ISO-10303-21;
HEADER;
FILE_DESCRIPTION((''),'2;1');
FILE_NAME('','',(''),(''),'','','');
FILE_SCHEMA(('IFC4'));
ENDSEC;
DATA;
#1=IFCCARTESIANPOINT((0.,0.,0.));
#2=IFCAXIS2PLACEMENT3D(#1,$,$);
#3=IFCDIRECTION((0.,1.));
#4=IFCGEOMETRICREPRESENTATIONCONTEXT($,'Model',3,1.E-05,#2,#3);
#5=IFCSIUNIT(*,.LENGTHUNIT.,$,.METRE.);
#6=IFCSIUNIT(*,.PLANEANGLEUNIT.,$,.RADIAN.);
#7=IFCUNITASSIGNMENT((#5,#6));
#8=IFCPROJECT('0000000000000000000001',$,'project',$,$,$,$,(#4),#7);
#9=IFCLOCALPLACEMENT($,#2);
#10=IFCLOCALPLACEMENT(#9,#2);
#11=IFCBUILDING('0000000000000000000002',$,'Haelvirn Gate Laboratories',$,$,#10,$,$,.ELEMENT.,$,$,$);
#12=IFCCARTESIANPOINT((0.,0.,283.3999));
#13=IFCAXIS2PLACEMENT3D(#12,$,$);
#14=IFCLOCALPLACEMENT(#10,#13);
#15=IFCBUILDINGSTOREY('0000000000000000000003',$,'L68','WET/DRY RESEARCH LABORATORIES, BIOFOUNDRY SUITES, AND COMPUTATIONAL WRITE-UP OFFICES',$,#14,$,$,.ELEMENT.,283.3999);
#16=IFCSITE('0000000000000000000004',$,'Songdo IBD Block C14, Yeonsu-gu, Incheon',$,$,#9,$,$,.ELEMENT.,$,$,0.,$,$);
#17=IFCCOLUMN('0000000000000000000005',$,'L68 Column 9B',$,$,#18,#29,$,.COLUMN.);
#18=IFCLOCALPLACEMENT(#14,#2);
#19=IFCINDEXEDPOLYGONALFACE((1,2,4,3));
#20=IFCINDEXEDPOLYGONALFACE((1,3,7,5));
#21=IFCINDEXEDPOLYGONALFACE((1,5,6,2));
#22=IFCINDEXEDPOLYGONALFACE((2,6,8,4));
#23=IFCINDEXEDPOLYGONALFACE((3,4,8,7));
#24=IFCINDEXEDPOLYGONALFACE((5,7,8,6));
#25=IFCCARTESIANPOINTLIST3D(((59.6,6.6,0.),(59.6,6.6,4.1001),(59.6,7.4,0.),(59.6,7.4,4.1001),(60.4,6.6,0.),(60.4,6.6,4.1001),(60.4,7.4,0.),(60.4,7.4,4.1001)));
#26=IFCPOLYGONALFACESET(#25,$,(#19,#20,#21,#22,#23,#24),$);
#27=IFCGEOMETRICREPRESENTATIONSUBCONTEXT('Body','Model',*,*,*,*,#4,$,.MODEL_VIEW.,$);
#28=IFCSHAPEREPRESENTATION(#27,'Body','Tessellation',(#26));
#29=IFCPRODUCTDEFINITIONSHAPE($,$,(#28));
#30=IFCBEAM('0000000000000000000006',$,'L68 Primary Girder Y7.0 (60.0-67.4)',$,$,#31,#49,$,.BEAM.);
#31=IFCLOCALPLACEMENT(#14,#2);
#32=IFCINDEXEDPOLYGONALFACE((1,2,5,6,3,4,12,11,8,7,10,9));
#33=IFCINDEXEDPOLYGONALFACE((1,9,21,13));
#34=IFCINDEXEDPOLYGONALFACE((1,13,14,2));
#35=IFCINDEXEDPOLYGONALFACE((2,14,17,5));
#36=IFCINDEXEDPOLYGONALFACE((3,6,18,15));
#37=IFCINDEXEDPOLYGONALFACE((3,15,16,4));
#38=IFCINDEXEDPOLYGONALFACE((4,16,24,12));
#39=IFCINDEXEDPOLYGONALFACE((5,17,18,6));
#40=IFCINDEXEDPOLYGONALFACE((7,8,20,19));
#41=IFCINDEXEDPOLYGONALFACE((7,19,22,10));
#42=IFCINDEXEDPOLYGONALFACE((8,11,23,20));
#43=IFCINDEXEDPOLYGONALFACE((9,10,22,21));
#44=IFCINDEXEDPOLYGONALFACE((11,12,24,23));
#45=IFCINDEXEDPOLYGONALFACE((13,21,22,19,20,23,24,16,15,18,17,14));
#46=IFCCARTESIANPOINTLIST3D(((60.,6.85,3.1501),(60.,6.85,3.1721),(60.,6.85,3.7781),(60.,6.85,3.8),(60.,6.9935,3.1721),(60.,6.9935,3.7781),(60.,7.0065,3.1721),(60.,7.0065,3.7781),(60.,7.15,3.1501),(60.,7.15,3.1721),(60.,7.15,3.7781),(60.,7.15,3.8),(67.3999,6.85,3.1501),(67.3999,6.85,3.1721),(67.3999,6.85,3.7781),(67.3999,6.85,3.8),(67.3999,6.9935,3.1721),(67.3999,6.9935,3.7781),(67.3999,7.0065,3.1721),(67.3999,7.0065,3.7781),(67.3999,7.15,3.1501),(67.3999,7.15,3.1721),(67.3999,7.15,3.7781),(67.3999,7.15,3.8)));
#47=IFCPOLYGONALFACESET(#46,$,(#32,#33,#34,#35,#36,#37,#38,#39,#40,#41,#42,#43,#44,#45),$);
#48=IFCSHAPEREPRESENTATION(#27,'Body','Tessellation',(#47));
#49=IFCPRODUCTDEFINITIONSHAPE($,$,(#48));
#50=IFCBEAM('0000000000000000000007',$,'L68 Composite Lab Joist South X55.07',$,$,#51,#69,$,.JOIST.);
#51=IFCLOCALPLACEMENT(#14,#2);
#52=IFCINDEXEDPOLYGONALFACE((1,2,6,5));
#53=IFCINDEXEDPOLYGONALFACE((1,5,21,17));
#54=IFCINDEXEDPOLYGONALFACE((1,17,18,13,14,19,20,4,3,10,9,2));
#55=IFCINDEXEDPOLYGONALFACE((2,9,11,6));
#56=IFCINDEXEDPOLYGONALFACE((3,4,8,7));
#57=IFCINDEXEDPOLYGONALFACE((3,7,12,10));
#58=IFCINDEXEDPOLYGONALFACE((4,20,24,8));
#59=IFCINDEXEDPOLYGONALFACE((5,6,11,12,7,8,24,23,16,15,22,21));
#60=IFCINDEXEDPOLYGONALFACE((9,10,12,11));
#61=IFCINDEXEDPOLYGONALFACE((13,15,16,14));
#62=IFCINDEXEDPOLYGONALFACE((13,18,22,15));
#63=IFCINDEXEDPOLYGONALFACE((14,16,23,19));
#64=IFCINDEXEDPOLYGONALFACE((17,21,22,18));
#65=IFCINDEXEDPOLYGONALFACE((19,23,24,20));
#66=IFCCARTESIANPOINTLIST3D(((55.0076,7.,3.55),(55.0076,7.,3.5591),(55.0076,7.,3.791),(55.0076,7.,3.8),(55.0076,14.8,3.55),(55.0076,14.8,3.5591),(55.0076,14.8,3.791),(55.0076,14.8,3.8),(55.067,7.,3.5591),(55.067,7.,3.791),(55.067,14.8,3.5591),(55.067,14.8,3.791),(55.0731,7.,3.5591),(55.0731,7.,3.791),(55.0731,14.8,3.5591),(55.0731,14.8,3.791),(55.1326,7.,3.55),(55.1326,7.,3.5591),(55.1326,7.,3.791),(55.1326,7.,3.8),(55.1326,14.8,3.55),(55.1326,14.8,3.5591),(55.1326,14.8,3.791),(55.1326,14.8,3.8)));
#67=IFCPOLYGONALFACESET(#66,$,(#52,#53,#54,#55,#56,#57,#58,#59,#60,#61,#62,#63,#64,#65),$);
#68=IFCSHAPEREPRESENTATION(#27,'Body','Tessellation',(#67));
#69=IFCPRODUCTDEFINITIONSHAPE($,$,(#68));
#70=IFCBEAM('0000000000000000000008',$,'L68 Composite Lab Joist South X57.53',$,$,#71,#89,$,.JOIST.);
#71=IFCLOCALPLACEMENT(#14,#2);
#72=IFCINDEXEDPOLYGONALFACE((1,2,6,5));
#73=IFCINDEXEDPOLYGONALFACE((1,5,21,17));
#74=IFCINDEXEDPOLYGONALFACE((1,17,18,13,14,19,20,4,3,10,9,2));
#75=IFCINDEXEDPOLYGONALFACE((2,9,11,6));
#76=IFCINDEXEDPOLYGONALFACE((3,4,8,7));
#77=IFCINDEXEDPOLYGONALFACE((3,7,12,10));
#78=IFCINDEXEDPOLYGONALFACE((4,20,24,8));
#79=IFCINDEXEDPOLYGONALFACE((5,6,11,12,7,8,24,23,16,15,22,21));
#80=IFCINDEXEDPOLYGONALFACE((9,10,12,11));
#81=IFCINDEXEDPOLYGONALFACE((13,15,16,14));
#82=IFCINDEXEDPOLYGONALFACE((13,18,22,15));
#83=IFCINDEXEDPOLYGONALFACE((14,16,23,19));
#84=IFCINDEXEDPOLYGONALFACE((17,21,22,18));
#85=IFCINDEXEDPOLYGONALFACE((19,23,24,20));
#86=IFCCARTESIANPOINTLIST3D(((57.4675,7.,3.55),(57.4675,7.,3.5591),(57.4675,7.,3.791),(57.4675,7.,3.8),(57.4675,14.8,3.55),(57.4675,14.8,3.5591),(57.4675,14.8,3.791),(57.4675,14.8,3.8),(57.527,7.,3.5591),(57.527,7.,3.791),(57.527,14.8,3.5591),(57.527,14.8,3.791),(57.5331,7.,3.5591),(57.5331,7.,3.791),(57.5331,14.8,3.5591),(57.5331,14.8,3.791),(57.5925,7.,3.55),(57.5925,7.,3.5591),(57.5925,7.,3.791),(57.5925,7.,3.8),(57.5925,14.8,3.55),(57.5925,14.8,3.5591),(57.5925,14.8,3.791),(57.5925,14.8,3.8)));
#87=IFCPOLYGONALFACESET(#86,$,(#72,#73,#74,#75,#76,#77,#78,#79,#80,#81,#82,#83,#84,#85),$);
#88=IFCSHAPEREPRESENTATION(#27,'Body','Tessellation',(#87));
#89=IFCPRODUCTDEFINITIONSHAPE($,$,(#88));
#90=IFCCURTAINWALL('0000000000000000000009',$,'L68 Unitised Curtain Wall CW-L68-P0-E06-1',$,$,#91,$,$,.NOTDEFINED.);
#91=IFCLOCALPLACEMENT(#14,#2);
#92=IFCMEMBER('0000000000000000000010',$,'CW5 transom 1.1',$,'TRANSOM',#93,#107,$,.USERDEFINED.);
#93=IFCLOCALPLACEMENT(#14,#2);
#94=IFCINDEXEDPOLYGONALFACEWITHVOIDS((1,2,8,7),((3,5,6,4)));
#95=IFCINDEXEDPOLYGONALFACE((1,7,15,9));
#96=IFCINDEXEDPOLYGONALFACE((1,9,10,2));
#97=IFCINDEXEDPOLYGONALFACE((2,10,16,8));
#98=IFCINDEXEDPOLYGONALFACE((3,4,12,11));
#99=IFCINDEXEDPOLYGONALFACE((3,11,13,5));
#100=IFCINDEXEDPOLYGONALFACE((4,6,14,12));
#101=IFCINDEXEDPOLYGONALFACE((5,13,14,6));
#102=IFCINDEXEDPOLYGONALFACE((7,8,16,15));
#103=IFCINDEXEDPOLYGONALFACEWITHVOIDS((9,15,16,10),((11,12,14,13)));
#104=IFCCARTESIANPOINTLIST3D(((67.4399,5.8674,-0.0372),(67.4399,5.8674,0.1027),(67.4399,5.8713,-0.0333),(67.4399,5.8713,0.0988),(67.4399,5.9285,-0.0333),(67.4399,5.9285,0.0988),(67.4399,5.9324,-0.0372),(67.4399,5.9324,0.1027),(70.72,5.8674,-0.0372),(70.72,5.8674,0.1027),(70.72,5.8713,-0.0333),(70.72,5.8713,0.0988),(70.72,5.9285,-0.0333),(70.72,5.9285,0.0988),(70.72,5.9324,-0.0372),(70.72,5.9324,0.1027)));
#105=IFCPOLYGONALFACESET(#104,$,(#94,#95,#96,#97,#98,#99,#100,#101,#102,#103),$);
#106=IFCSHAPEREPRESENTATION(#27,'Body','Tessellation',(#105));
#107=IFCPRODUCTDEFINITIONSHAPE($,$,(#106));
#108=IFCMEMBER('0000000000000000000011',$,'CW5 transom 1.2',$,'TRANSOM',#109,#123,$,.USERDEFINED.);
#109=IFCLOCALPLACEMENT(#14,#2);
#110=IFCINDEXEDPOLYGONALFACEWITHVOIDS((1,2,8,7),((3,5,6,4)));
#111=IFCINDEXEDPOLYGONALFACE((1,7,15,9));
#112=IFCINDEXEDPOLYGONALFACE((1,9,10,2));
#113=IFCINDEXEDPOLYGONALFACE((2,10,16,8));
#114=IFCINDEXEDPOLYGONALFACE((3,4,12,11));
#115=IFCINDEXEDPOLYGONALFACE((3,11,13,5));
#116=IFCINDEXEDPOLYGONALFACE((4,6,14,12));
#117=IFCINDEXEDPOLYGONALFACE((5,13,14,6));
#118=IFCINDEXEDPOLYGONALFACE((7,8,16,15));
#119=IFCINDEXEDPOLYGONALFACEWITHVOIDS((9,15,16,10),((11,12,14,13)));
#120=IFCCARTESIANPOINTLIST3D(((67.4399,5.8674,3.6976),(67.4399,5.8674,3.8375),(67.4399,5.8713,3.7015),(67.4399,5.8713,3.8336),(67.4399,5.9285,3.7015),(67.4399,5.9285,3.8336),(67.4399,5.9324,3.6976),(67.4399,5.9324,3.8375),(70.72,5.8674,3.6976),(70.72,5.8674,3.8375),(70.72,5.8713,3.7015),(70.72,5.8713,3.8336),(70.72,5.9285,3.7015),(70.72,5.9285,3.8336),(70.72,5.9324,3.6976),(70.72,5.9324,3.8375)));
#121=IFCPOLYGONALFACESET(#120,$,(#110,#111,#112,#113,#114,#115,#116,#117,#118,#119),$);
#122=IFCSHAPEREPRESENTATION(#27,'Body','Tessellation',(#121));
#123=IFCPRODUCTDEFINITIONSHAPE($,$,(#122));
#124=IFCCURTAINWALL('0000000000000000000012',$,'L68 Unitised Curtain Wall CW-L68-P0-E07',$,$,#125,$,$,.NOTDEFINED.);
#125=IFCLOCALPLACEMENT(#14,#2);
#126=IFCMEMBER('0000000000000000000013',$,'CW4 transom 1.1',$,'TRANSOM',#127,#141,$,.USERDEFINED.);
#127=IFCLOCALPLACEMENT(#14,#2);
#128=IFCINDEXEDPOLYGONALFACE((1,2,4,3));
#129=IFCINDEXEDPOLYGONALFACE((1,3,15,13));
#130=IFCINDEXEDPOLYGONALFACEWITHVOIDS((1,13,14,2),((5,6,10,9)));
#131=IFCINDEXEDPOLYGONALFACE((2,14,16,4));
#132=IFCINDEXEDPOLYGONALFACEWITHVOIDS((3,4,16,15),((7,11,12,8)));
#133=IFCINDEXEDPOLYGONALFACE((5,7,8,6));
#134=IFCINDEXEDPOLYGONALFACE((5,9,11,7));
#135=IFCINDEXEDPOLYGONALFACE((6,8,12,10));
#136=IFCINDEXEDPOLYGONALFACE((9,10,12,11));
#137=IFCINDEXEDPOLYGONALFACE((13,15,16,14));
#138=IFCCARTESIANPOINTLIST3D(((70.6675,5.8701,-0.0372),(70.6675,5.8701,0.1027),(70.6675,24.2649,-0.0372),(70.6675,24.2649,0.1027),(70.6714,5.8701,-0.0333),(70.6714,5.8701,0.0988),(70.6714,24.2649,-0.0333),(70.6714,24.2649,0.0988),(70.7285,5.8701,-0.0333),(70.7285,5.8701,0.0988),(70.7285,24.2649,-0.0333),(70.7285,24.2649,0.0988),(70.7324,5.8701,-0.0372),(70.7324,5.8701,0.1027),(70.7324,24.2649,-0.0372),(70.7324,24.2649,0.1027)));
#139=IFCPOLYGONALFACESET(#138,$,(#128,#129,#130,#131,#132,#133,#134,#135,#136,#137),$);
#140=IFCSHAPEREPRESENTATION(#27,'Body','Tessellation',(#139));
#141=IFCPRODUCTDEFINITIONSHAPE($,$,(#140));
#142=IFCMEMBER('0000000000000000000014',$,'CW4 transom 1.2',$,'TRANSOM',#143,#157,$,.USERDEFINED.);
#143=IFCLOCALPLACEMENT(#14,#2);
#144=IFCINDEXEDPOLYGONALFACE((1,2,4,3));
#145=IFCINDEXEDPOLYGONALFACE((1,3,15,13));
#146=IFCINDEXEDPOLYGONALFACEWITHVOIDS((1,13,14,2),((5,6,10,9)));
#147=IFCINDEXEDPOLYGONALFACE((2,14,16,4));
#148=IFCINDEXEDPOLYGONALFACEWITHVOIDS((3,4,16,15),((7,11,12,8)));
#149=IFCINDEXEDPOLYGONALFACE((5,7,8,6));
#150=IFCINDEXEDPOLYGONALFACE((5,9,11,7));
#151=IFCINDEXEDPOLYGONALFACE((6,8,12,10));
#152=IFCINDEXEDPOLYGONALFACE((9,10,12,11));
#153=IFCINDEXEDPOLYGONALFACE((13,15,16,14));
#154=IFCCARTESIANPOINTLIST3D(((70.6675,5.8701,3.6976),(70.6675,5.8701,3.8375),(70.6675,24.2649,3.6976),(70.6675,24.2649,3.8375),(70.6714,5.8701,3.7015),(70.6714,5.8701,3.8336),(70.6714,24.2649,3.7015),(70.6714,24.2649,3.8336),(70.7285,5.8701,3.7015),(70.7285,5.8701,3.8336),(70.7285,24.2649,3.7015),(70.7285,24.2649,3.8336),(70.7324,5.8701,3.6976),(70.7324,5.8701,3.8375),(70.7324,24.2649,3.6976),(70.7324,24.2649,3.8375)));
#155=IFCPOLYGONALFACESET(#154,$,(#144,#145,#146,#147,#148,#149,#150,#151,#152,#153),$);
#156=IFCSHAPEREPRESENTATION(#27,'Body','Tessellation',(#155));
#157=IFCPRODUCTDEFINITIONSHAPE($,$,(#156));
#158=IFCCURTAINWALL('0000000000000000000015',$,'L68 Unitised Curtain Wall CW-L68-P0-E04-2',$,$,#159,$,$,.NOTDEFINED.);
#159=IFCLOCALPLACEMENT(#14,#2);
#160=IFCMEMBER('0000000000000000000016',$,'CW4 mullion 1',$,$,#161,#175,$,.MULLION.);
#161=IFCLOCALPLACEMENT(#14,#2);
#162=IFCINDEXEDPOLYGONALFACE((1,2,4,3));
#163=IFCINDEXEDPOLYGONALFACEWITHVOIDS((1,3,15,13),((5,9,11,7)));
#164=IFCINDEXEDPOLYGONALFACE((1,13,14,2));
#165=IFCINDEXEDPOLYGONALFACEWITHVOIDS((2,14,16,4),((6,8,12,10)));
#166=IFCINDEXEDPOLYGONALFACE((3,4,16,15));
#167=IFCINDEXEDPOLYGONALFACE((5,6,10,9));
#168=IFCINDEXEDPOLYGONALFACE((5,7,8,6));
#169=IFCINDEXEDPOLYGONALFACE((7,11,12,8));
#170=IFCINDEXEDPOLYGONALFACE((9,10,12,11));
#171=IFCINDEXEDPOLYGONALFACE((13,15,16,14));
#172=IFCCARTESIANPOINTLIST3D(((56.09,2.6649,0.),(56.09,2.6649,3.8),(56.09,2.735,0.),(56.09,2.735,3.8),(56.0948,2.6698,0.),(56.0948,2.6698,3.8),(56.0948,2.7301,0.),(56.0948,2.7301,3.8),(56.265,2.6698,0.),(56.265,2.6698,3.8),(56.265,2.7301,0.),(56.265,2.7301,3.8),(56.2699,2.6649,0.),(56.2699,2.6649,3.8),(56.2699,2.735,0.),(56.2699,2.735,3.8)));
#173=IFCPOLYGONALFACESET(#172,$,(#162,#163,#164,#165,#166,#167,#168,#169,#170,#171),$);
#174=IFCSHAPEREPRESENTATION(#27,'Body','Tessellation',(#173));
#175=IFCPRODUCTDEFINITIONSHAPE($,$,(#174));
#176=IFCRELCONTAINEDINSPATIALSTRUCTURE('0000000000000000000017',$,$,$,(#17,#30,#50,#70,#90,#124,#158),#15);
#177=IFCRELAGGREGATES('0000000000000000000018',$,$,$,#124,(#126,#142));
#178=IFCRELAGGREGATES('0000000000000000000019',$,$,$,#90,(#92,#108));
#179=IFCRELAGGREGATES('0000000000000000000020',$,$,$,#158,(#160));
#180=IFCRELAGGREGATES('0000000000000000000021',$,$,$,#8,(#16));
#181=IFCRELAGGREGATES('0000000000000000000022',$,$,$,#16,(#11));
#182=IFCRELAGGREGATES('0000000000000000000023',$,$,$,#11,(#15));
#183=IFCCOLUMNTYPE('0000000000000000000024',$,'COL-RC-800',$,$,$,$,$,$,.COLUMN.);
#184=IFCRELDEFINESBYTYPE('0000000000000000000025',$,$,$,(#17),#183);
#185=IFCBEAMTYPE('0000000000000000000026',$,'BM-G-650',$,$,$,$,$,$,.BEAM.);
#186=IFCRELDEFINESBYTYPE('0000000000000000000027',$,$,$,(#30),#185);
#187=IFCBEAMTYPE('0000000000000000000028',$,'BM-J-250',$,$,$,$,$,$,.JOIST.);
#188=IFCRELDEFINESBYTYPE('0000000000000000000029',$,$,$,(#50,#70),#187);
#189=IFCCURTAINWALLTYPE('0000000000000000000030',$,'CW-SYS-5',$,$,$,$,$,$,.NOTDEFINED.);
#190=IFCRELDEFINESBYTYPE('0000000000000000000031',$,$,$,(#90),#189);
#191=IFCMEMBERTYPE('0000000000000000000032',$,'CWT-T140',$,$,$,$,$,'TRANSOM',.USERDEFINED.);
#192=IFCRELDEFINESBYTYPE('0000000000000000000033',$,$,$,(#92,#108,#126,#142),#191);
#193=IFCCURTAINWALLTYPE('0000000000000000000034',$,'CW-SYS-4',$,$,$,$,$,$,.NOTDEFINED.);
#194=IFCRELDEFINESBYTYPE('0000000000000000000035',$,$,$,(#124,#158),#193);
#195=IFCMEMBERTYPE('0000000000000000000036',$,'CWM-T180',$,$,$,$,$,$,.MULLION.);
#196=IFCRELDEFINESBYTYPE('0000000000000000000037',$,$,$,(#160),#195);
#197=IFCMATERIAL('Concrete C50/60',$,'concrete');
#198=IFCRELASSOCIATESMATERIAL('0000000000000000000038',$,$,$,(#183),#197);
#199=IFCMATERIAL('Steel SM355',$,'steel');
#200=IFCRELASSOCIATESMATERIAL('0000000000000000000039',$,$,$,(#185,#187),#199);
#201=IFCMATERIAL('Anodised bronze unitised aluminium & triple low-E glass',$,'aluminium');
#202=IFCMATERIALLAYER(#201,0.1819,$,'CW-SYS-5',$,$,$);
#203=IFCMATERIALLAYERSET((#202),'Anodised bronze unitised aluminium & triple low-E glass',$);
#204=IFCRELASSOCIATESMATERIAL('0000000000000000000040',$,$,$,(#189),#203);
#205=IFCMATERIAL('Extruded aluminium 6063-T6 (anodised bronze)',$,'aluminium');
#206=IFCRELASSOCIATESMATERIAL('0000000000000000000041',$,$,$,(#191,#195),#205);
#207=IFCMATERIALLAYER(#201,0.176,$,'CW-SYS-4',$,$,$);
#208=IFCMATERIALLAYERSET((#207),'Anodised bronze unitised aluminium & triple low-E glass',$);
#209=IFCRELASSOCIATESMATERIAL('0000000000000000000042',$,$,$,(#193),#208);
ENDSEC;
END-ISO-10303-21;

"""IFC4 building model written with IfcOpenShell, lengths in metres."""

from ifc_helpers import new_model, si_unit, direction, frame, origin, origin_2d, place, context, subcontext, project, spatial, rectangle, hollow_rectangle, i_section, extrude, source, transform, mapped, material, layer, layer_set, material_profile, profile_set, type_object, type_shapes, element, aggregate, save


model = new_model("IFC4")

# Units and contexts
model_context = context("Model", 3, precision=1e-05, world=origin(), true_north=direction((0.0, 1.0)))
body_context = subcontext(model_context, "Body", "Model", "MODEL_VIEW")
ifc_project = project(units=[si_unit("LENGTHUNIT", "METRE"), si_unit("PLANEANGLEUNIT", "RADIAN")], contexts=[model_context])

# Site, building, storey
site_placement = place(None, origin())
site = spatial("IfcSite", under=ifc_project, at=site_placement, Name="Songdo IBD Block C14, Yeonsu-gu, Incheon", CompositionType="ELEMENT", RefElevation=0.0)
building_placement = place(site_placement, origin())
building = spatial("IfcBuilding", under=site, at=building_placement, Name="Haelvirn Gate Laboratories", CompositionType="ELEMENT")
storey_placement = place(building_placement, frame((0.0, 0.0, 283.3999)))
storey = spatial("IfcBuildingStorey", under=building, at=storey_placement, Name="L68", Description="WET/DRY RESEARCH LABORATORIES, BIOFOUNDRY SUITES, AND COMPUTATIONAL WRITE-UP OFFICES", CompositionType="ELEMENT", Elevation=283.3999)

# Column
ifc_material_1 = material(Name="Concrete C50/60", Category="concrete")
ifc_material_profile_1 = material_profile(ifc_material_1, rectangle(XDim=0.8, YDim=0.8, at=origin_2d()), Name="RC-800x800")
ifc_profile_set_1 = profile_set([ifc_material_profile_1], Name="Concrete C50/60")
column_type = type_object("IfcColumnType", Name="COL-RC-800", PredefinedType="COLUMN", material=ifc_profile_set_1)
shared_shape_1 = source(origin(), body_context, "Body", "SweptSolid", [
    extrude(rectangle(XDim=0.8, YDim=0.8, at=origin_2d()), origin(), (0.0, 0.0, 1.0), 4.1001),
])
type_shapes(column_type, [shared_shape_1])
column_placement = place(storey_placement, frame((60.0, 7.0, 0.0), z_axis=(0.0, 0.0, 1.0), x_axis=(1.0, 0.0, 0.0)))
element("IfcColumn", 1, at=column_placement, inside=storey, type_object=column_type, Name="L68 Column 9B", PredefinedType="COLUMN", context=body_context, shape_type="MappedRepresentation", body=[
    mapped(shared_shape_1, transform((0.0, 0.0, 0.0), scale=1.0)),
])

# Beams
ifc_material_2 = material(Name="Steel SM355", Category="steel")
ifc_material_profile_2 = material_profile(ifc_material_2, i_section(OverallWidth=0.3, OverallDepth=0.6499, WebThickness=0.0129, FlangeThickness=0.022, at=origin_2d()), Name="H-650x300x13x22")
ifc_profile_set_2 = profile_set([ifc_material_profile_2], Name="Steel SM355")
beam_type_1 = type_object("IfcBeamType", Name="BM-G-650", PredefinedType="BEAM", material=ifc_profile_set_2)
shared_shape_2 = source(origin(), body_context, "Body", "SweptSolid", [
    extrude(i_section(OverallWidth=0.3, OverallDepth=0.6499, WebThickness=0.0129, FlangeThickness=0.022, at=origin_2d()), origin(), (0.0, 0.0, 1.0), 7.3999),
])
type_shapes(beam_type_1, [shared_shape_2])
beam_placement = place(storey_placement, frame((60.0, 7.0, 3.4751), z_axis=(1.0, 0.0, 0.0), x_axis=(0.0, 1.0, 0.0)))
element("IfcBeam", 2, at=beam_placement, inside=storey, type_object=beam_type_1, Name="L68 Primary Girder Y7.0 (60.0-67.4)", PredefinedType="BEAM", context=body_context, shape_type="MappedRepresentation", body=[
    mapped(shared_shape_2, transform((0.0, 0.0, 0.0), scale=1.0)),
])
ifc_material_profile_3 = material_profile(ifc_material_2, i_section(OverallWidth=0.125, OverallDepth=0.25, WebThickness=0.0061, FlangeThickness=0.009, at=origin_2d()), Name="H-250x125x6x9")
ifc_profile_set_3 = profile_set([ifc_material_profile_3], Name="Steel SM355")
beam_type_2 = type_object("IfcBeamType", Name="BM-J-250", PredefinedType="JOIST", material=ifc_profile_set_3)
shared_shape_3 = source(origin(), body_context, "Body", "SweptSolid", [
    extrude(i_section(OverallWidth=0.125, OverallDepth=0.25, WebThickness=0.0061, FlangeThickness=0.009, at=origin_2d()), origin(), (0.0, 0.0, 1.0), 7.8),
])
type_shapes(beam_type_2, [shared_shape_3])
for number, where, z_axis, x_axis, name in (
    (3, (55.0701, 7.0, 3.675), (0.0, 1.0, 0.0), (-1.0, 0.0, 0.0), "L68 Composite Lab Joist South X55.07"),
    (4, (57.53, 7.0, 3.675), (0.0, 1.0, 0.0), (-1.0, 0.0, 0.0), "L68 Composite Lab Joist South X57.53"),
):
    element("IfcBeam", number, at=place(storey_placement, frame(where, z_axis=z_axis, x_axis=x_axis)), inside=storey, type_object=beam_type_2, Name=name, PredefinedType="JOIST", context=body_context, shape_type="MappedRepresentation", body=[
        mapped(shared_shape_3, transform((0.0, 0.0, 0.0), scale=1.0)),
    ])

# Curtain walls, members
ifc_material_3 = material(Name="Anodised bronze unitised aluminium & triple low-E glass", Category="aluminium")
ifc_layer_1 = layer(ifc_material_3, 0.1819, Name="CW-SYS-5")
ifc_layer_set_1 = layer_set([ifc_layer_1], Name="Anodised bronze unitised aluminium & triple low-E glass")
curtain_wall_type_1 = type_object("IfcCurtainWallType", Name="CW-SYS-5", PredefinedType="NOTDEFINED", material=ifc_layer_set_1)
curtain_wall_1_placement = place(storey_placement, origin())
curtain_wall_1 = element("IfcCurtainWall", 5, at=curtain_wall_1_placement, inside=storey, type_object=curtain_wall_type_1, Name="L68 Unitised Curtain Wall CW-L68-P0-E06-1", PredefinedType="NOTDEFINED")
ifc_material_4 = material(Name="Extruded aluminium 6063-T6 (anodised bronze)", Category="aluminium")
ifc_material_profile_4 = material_profile(ifc_material_4, hollow_rectangle(XDim=0.0649, YDim=0.1399, WallThickness=0.0039, at=origin_2d()), Name="CWT-140x65x4")
ifc_profile_set_4 = profile_set([ifc_material_profile_4], Name="Extruded aluminium 6063-T6 (anodised bronze)")
member_type_1 = type_object("IfcMemberType", Name="CWT-T140", ElementType="TRANSOM", PredefinedType="USERDEFINED", material=ifc_profile_set_4)
shared_shape_4 = source(origin(), body_context, "Body", "SweptSolid", [
    extrude(hollow_rectangle(XDim=0.0649, YDim=0.1399, WallThickness=0.0039, at=origin_2d()), origin(), (0.0, 0.0, 1.0), 3.28),
])
member_1_placement = place(storey_placement, frame((67.4399, 5.8999, 0.0327), z_axis=(1.0, 0.0, 0.0), x_axis=(0.0, 1.0, 0.0)))
member_1 = element("IfcMember", 6, at=member_1_placement, type_object=member_type_1, Name="CW5 transom 1.1", ObjectType="TRANSOM", PredefinedType="USERDEFINED", context=body_context, shape_type="MappedRepresentation", body=[
    mapped(shared_shape_4, transform((0.0, 0.0, 0.0), scale=1.0)),
])
member_2_placement = place(storey_placement, frame((67.4399, 5.8999, 3.7676), z_axis=(1.0, 0.0, 0.0), x_axis=(0.0, 1.0, 0.0)))
member_2 = element("IfcMember", 7, at=member_2_placement, type_object=member_type_1, Name="CW5 transom 1.2", ObjectType="TRANSOM", PredefinedType="USERDEFINED", context=body_context, shape_type="MappedRepresentation", body=[
    mapped(shared_shape_4, transform((0.0, 0.0, 0.0), scale=1.0)),
])
ifc_layer_2 = layer(ifc_material_3, 0.176, Name="CW-SYS-4")
ifc_layer_set_2 = layer_set([ifc_layer_2], Name="Anodised bronze unitised aluminium & triple low-E glass")
curtain_wall_type_2 = type_object("IfcCurtainWallType", Name="CW-SYS-4", PredefinedType="NOTDEFINED", material=ifc_layer_set_2)
curtain_wall_2_placement = place(storey_placement, origin())
curtain_wall_2 = element("IfcCurtainWall", 8, at=curtain_wall_2_placement, inside=storey, type_object=curtain_wall_type_2, Name="L68 Unitised Curtain Wall CW-L68-P0-E07", PredefinedType="NOTDEFINED")
shared_shape_5 = source(origin(), body_context, "Body", "SweptSolid", [
    extrude(hollow_rectangle(XDim=0.0649, YDim=0.1399, WallThickness=0.0039, at=origin_2d()), origin(), (0.0, 0.0, 1.0), 18.3948),
])
member_3_placement = place(storey_placement, frame((70.7, 5.8701, 0.0327), z_axis=(0.0, 1.0, 0.0), x_axis=(-1.0, 0.0, 0.0)))
member_3 = element("IfcMember", 9, at=member_3_placement, type_object=member_type_1, Name="CW4 transom 1.1", ObjectType="TRANSOM", PredefinedType="USERDEFINED", context=body_context, shape_type="MappedRepresentation", body=[
    mapped(shared_shape_5, transform((0.0, 0.0, 0.0), scale=1.0)),
])
member_4_placement = place(storey_placement, frame((70.7, 5.8701, 3.7676), z_axis=(0.0, 1.0, 0.0), x_axis=(-1.0, 0.0, 0.0)))
member_4 = element("IfcMember", 10, at=member_4_placement, type_object=member_type_1, Name="CW4 transom 1.2", ObjectType="TRANSOM", PredefinedType="USERDEFINED", context=body_context, shape_type="MappedRepresentation", body=[
    mapped(shared_shape_5, transform((0.0, 0.0, 0.0), scale=1.0)),
])
curtain_wall_3_placement = place(storey_placement, origin())
curtain_wall_3 = element("IfcCurtainWall", 11, at=curtain_wall_3_placement, inside=storey, type_object=curtain_wall_type_2, Name="L68 Unitised Curtain Wall CW-L68-P0-E04-2", PredefinedType="NOTDEFINED")
ifc_material_profile_5 = material_profile(ifc_material_4, hollow_rectangle(XDim=0.0701, YDim=0.1799, WallThickness=0.0049, at=origin_2d()), Name="CWM-180x70x5")
ifc_profile_set_5 = profile_set([ifc_material_profile_5], Name="Extruded aluminium 6063-T6 (anodised bronze)")
member_type_2 = type_object("IfcMemberType", Name="CWM-T180", PredefinedType="MULLION", material=ifc_profile_set_5)
shared_shape_6 = source(origin(), body_context, "Body", "SweptSolid", [
    extrude(hollow_rectangle(XDim=0.0701, YDim=0.1799, WallThickness=0.0049, at=origin_2d()), origin(), (0.0, 0.0, 1.0), 3.8),
])
type_shapes(member_type_2, [shared_shape_6])
member_5_placement = place(storey_placement, frame((56.1799, 2.7, 0.0), z_axis=(0.0, 0.0, 1.0), x_axis=(0.0, 1.0, 0.0)))
member_5 = element("IfcMember", 12, at=member_5_placement, type_object=member_type_2, Name="CW4 mullion 1", PredefinedType="MULLION", context=body_context, shape_type="MappedRepresentation", body=[
    mapped(shared_shape_6, transform((0.0, 0.0, 0.0), scale=1.0)),
])

aggregate(curtain_wall_2, [member_3, member_4])

aggregate(curtain_wall_1, [member_1, member_2])
aggregate(curtain_wall_3, [member_5])

save(model, "model.ifc")
